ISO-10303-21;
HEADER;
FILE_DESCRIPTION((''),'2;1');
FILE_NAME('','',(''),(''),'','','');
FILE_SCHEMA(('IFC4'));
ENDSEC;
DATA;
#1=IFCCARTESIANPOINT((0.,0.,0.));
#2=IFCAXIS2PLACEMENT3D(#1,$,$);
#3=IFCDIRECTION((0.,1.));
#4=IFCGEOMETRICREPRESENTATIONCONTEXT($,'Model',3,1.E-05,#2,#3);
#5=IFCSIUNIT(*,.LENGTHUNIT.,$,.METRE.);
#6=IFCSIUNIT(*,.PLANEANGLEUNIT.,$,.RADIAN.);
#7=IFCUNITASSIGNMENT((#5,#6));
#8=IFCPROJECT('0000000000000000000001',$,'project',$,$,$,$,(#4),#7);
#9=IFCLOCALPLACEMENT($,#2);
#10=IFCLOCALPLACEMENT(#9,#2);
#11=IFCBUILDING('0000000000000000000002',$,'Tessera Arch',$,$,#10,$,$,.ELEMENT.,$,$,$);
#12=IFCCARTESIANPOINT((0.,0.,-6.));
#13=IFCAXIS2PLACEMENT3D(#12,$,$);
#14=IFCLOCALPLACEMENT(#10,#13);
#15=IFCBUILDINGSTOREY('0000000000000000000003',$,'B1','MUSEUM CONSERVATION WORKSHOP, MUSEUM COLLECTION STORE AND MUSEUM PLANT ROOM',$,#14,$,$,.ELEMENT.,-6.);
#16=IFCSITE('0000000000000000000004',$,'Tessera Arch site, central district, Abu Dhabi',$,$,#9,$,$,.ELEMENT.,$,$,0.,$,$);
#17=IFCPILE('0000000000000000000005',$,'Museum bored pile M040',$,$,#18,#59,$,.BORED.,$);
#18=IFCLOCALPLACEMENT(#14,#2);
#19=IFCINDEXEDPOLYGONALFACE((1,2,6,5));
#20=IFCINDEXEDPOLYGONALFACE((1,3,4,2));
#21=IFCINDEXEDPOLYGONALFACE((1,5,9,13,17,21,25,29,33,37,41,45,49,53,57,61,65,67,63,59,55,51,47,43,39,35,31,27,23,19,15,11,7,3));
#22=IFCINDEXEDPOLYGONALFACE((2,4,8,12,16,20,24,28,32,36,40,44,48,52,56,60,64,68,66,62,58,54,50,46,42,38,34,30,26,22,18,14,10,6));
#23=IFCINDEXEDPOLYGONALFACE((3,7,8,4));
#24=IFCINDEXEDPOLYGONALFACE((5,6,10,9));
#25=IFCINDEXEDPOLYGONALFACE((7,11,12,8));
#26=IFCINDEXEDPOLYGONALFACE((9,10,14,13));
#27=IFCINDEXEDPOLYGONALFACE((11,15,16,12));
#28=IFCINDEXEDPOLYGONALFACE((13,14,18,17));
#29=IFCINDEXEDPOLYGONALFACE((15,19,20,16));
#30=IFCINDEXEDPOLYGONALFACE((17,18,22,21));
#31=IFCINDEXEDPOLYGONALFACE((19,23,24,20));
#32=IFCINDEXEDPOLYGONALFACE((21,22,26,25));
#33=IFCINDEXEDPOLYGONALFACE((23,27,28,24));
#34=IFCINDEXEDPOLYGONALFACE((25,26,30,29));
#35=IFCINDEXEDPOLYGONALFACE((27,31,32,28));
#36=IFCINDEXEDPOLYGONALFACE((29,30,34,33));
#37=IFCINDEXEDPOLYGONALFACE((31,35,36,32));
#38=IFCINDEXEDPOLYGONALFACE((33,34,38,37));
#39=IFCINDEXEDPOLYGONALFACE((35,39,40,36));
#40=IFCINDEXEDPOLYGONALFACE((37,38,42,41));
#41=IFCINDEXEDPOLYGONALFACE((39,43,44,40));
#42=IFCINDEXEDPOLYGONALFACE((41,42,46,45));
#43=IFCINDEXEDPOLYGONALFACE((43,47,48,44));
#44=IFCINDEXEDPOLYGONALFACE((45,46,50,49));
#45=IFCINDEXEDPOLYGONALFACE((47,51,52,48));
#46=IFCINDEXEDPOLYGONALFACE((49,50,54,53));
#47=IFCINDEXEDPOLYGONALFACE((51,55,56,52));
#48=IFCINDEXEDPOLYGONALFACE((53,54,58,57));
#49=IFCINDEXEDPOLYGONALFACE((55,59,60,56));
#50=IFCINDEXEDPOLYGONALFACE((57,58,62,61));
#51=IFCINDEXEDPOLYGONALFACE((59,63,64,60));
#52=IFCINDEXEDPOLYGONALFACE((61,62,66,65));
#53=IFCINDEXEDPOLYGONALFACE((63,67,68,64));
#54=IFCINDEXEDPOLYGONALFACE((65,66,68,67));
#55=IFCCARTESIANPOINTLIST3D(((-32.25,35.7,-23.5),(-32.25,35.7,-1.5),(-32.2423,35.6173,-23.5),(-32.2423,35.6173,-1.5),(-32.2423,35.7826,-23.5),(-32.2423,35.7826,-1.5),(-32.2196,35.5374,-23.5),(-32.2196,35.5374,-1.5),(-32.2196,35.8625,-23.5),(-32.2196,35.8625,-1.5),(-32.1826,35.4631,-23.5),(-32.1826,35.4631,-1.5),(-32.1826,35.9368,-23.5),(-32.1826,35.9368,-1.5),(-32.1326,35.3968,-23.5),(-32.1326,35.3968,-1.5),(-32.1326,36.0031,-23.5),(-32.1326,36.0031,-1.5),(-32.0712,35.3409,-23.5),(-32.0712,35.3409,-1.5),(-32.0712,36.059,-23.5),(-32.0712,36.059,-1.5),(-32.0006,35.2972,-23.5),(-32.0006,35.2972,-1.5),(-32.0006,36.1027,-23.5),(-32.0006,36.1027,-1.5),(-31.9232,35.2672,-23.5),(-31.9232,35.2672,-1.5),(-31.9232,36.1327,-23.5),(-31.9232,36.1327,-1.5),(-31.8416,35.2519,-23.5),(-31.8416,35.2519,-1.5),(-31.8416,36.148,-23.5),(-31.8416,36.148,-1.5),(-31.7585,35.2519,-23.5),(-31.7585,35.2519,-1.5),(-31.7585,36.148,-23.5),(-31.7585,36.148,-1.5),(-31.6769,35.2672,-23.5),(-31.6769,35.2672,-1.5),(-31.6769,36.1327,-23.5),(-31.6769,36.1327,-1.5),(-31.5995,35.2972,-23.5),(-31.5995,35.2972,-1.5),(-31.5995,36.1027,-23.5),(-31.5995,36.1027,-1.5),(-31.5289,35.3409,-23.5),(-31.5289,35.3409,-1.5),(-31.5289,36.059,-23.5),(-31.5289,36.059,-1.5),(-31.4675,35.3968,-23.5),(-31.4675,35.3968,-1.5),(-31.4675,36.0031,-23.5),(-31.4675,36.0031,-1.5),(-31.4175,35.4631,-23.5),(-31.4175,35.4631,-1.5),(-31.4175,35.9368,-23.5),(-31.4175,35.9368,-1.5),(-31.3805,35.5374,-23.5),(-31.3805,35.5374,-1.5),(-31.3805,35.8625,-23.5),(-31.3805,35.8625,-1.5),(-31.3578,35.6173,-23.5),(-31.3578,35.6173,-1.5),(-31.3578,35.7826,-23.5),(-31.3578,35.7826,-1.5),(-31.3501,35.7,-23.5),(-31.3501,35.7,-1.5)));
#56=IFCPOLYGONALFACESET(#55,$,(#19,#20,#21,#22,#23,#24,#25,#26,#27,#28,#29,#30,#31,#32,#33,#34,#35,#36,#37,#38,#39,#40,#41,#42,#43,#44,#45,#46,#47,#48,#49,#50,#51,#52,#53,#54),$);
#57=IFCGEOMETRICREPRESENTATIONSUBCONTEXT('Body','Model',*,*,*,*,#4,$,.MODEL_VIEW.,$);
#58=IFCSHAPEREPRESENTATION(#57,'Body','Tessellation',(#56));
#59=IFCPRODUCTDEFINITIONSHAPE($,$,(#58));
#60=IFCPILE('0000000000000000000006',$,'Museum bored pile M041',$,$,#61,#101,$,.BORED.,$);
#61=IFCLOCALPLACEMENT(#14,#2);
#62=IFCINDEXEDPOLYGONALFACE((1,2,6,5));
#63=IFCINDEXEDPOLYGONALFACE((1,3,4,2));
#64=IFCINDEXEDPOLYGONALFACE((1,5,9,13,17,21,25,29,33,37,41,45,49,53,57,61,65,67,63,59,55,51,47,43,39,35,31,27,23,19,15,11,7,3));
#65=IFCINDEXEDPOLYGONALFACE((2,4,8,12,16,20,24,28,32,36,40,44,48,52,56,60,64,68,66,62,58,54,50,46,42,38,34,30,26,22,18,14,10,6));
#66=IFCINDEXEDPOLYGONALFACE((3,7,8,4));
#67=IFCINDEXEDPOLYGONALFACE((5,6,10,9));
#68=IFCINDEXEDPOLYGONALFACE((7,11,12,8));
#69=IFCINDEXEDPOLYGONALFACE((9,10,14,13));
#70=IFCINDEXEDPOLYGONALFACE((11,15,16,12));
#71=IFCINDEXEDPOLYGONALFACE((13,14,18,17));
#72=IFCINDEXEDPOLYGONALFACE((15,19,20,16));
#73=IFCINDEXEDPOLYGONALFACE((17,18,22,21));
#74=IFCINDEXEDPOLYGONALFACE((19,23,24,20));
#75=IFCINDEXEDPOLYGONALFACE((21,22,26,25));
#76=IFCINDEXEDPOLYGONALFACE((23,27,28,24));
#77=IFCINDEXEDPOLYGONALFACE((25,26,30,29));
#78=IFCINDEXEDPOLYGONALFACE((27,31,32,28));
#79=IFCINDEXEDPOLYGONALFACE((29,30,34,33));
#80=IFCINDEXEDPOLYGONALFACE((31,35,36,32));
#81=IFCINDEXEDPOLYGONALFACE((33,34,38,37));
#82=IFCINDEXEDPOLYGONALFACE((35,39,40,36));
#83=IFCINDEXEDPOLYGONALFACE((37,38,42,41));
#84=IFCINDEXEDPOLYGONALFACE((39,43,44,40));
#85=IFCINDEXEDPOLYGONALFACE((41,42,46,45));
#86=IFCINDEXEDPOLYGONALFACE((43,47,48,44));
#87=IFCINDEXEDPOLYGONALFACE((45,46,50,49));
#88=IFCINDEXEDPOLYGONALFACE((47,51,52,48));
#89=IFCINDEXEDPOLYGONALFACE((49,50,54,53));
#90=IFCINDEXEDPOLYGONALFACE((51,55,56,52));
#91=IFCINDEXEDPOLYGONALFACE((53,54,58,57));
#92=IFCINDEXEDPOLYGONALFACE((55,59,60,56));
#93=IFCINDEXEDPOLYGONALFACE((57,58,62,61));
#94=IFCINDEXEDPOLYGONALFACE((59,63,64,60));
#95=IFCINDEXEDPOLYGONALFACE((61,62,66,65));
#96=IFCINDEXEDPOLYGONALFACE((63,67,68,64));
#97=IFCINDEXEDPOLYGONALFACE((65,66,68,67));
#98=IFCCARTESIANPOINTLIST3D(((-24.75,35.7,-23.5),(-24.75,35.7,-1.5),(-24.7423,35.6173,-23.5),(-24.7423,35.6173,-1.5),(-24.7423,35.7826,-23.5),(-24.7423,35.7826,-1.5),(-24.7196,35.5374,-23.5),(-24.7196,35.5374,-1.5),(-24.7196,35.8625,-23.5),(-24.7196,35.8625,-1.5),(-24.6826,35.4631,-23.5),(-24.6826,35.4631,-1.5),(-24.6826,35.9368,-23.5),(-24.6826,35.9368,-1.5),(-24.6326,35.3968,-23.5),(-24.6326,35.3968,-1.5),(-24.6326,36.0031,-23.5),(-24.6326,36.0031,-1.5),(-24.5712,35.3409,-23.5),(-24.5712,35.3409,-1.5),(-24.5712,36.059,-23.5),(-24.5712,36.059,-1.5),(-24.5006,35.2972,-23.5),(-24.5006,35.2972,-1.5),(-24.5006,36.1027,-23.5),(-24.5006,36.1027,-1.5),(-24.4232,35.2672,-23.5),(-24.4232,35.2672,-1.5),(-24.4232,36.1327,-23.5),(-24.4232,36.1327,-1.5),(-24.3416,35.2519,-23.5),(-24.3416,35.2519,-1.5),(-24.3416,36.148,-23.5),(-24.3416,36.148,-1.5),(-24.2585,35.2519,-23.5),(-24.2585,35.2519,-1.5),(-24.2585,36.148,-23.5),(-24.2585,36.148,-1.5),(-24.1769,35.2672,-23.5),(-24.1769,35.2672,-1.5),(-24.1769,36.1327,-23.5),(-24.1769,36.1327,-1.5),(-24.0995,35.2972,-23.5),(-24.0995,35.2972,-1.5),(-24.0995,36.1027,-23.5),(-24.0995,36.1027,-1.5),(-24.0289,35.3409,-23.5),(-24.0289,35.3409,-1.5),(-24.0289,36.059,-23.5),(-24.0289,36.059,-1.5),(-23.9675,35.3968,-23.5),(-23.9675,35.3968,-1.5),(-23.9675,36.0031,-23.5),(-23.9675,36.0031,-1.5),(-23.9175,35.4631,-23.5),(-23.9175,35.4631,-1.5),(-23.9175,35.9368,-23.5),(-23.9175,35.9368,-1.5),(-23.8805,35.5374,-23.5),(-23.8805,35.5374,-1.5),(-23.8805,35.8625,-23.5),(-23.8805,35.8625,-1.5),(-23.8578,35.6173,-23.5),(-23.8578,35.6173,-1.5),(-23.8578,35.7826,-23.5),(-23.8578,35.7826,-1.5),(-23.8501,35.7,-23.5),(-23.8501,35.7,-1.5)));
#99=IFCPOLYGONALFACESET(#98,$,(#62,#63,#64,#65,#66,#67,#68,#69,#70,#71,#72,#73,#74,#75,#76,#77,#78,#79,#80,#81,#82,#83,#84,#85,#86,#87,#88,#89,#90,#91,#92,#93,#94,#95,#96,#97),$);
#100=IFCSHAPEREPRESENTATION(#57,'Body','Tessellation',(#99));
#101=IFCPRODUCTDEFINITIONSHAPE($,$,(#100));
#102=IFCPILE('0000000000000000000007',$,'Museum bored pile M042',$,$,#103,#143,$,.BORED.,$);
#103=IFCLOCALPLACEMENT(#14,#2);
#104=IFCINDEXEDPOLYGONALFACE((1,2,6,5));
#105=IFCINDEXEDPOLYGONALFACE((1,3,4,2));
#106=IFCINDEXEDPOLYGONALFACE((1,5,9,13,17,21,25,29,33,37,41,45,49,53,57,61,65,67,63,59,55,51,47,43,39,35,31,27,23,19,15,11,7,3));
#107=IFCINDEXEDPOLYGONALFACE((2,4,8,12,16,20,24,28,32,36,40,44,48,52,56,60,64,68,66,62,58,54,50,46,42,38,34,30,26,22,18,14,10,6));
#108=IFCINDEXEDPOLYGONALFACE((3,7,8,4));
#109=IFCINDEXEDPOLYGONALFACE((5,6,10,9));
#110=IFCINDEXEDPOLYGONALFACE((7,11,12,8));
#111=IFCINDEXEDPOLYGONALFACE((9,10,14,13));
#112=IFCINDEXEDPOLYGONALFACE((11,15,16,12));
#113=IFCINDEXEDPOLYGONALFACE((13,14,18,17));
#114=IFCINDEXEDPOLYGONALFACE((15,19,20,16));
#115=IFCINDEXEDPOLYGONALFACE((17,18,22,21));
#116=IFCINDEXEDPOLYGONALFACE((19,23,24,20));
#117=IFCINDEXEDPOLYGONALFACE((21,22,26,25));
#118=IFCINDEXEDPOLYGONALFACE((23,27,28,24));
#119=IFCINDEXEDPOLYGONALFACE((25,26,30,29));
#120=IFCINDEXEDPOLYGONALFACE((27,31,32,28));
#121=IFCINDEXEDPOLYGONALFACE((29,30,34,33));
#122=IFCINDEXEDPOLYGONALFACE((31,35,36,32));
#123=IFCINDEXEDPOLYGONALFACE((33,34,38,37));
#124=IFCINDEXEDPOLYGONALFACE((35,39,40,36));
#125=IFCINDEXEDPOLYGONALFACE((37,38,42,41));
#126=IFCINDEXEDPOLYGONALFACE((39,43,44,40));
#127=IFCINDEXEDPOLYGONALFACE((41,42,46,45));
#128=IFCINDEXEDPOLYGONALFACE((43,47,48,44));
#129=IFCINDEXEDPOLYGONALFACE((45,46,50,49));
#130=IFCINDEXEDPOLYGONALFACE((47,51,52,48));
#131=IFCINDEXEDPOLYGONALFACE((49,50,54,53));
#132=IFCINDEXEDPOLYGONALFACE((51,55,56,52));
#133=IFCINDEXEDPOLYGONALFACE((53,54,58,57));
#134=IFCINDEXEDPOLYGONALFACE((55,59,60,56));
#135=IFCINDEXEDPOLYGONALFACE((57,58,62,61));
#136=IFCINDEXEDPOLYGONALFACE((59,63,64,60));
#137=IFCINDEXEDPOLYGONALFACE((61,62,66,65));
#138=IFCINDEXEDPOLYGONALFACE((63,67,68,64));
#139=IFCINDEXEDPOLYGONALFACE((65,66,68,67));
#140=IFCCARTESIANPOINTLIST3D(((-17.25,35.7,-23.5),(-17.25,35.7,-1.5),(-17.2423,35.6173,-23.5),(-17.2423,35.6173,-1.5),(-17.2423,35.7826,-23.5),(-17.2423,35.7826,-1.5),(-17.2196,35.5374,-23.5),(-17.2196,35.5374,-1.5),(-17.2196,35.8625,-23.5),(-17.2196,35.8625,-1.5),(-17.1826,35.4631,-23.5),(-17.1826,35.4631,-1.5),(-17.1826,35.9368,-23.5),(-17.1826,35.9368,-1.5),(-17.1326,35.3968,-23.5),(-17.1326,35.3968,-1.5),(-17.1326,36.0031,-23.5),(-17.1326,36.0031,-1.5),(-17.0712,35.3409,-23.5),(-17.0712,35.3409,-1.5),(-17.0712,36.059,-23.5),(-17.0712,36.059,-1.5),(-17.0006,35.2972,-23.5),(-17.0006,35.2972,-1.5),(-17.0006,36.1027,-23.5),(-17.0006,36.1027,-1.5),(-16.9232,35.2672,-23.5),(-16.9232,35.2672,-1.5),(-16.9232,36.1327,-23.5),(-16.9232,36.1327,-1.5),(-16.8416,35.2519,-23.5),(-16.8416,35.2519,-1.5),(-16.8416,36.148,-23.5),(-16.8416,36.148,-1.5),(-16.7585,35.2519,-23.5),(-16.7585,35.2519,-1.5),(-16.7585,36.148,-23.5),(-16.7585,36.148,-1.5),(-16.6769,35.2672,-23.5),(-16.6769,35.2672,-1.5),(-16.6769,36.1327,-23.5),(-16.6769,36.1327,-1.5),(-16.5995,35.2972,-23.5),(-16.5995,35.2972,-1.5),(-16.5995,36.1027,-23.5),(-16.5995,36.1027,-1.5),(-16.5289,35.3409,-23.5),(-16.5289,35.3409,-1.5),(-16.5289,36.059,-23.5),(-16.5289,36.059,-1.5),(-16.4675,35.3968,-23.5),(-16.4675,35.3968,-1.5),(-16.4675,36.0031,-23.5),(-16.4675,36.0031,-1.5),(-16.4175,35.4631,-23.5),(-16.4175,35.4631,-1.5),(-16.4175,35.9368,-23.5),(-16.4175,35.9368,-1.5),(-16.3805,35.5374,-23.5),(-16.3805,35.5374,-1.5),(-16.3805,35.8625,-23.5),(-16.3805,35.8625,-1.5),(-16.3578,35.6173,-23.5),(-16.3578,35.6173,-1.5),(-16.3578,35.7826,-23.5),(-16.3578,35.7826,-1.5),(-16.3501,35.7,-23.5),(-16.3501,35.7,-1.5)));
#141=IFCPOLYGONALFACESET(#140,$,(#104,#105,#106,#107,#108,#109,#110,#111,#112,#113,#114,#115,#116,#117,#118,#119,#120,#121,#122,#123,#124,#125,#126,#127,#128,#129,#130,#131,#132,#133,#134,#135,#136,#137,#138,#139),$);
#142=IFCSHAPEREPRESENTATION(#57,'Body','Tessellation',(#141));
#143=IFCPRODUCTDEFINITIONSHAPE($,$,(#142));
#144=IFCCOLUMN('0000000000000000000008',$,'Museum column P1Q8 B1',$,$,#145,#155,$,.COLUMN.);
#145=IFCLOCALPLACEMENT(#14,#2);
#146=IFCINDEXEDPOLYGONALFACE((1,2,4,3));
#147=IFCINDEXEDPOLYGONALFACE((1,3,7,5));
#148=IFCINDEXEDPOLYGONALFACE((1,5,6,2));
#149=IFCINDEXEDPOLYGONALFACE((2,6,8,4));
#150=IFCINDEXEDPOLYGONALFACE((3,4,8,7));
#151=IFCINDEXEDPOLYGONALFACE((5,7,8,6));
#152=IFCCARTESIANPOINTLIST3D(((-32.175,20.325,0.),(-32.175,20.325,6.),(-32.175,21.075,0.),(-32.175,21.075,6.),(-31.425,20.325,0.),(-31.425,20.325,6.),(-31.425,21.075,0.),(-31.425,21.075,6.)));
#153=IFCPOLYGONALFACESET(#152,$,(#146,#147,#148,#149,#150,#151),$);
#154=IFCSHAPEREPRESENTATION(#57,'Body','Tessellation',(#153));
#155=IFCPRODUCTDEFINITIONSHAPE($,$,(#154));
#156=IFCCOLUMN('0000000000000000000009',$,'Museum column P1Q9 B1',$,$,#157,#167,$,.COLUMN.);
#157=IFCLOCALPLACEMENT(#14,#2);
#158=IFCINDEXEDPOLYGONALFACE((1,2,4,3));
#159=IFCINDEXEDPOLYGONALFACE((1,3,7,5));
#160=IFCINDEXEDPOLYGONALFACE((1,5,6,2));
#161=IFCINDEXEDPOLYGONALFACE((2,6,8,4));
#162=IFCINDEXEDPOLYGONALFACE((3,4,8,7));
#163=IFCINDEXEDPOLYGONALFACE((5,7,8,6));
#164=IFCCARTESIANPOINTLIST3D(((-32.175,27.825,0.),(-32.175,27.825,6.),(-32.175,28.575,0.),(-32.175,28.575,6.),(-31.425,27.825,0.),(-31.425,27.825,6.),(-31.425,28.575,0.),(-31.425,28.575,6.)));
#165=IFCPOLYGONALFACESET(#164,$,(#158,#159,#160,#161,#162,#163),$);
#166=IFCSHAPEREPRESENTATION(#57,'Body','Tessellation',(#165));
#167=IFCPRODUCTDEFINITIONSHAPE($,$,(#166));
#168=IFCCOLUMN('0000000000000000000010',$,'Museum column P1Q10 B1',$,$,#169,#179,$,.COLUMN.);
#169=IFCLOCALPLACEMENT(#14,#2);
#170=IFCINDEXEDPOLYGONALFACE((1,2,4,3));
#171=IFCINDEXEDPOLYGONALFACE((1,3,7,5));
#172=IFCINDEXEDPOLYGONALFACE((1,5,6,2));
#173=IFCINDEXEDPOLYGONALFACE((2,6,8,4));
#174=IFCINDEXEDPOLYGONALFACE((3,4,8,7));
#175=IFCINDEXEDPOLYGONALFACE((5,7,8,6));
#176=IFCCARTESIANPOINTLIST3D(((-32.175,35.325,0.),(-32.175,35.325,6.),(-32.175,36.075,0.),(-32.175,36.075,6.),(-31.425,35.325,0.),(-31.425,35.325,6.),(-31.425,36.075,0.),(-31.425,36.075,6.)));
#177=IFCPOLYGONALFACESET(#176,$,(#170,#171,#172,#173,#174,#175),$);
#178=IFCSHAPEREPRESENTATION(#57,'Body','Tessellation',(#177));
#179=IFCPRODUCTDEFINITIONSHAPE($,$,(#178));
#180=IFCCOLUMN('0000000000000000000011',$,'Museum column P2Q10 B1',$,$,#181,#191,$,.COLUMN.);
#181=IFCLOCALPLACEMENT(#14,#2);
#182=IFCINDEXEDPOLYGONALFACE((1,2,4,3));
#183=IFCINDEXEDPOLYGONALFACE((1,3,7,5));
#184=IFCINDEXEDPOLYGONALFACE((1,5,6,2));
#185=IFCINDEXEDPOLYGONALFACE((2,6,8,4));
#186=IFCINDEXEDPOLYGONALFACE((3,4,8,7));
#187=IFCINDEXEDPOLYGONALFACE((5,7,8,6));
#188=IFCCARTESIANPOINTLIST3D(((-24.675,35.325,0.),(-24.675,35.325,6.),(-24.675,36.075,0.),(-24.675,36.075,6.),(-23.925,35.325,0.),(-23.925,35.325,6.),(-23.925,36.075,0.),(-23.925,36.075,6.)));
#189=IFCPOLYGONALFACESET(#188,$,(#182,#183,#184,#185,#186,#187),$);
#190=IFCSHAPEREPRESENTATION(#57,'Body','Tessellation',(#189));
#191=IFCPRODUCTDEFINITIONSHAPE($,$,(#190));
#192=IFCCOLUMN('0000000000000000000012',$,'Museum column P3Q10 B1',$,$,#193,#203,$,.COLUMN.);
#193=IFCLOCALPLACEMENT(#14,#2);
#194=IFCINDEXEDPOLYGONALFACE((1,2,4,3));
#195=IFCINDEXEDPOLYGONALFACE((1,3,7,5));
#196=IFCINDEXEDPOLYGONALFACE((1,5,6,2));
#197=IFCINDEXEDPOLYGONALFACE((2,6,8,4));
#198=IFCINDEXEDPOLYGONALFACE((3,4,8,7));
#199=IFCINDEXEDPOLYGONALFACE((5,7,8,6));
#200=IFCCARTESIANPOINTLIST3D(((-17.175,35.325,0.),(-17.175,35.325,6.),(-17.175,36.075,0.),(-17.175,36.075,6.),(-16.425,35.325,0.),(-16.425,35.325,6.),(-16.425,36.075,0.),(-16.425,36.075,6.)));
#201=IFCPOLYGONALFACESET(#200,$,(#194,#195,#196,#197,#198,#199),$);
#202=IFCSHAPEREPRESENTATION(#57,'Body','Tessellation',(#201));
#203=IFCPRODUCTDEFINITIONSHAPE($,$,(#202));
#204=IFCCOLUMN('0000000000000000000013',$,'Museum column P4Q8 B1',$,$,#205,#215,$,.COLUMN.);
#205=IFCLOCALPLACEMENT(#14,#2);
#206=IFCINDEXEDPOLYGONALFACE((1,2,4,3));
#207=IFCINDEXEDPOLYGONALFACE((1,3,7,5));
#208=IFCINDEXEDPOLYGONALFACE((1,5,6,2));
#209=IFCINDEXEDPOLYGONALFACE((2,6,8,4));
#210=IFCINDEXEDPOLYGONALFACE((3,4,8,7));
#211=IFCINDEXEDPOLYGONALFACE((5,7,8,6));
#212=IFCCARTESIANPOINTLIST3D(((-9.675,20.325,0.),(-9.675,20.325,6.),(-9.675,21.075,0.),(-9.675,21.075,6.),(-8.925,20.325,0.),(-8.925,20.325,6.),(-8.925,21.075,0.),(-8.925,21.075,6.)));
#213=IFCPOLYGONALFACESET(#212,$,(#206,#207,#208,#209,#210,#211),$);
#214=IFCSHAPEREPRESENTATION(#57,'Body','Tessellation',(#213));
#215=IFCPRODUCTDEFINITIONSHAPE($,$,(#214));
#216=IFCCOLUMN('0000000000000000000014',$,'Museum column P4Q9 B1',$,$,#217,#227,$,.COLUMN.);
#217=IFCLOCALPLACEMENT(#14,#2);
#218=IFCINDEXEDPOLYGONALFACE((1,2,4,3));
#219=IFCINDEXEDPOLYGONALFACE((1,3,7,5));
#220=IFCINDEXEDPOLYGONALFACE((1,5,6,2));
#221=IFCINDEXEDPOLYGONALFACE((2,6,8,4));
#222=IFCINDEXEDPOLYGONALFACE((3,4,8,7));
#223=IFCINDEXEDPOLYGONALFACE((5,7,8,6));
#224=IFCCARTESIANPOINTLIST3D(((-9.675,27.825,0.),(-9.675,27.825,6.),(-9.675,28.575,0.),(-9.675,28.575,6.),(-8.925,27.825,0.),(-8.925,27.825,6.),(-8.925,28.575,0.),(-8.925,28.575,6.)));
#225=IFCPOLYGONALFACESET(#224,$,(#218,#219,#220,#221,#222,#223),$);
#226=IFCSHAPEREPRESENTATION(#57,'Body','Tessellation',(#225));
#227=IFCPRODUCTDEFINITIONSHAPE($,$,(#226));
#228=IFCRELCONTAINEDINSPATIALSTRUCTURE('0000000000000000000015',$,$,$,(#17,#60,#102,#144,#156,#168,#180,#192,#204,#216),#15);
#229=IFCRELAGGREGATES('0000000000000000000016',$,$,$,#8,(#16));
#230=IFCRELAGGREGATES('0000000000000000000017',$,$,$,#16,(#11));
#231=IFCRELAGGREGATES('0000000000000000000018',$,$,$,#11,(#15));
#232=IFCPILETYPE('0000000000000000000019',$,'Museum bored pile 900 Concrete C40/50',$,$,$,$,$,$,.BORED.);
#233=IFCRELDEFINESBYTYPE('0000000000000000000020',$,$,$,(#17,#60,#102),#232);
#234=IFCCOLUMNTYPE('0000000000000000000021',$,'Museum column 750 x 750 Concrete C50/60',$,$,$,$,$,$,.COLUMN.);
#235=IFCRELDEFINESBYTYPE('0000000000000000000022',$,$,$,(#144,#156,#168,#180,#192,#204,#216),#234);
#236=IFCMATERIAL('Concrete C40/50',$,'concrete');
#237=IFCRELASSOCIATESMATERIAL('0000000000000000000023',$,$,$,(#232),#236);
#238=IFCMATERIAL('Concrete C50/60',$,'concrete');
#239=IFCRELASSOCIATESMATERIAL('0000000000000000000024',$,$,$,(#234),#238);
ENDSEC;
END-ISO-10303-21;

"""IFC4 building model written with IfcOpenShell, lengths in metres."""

from ifc_helpers import new_model, si_unit, direction, frame, origin, origin_2d, place, context, subcontext, project, spatial, rectangle, circle, extrude, material, material_profile, profile_set, type_object, element, save


model = new_model("IFC4")

# Units and contexts
model_context = context("Model", 3, precision=1e-05, world=origin(), true_north=direction((0.0, 1.0)))
body_context = subcontext(model_context, "Body", "Model", "MODEL_VIEW")
ifc_project = project(units=[si_unit("LENGTHUNIT", "METRE"), si_unit("PLANEANGLEUNIT", "RADIAN")], contexts=[model_context])

# Site, building, storey
site_placement = place(None, origin())
site = spatial("IfcSite", under=ifc_project, at=site_placement, Name="Tessera Arch site, central district, Abu Dhabi", CompositionType="ELEMENT", RefElevation=0.0)
building_placement = place(site_placement, origin())
building = spatial("IfcBuilding", under=site, at=building_placement, Name="Tessera Arch", CompositionType="ELEMENT")
storey_placement = place(building_placement, frame((0.0, 0.0, -6.0)))
storey = spatial("IfcBuildingStorey", under=building, at=storey_placement, Name="B1", Description="MUSEUM CONSERVATION WORKSHOP, MUSEUM COLLECTION STORE AND MUSEUM PLANT ROOM", CompositionType="ELEMENT", Elevation=-6.0)

# Piles
ifc_material_1 = material(Name="Concrete C40/50", Category="concrete")
pile_type = type_object("IfcPileType", Name="Museum bored pile 900 Concrete C40/50", PredefinedType="BORED", material=ifc_material_1)
for number, where, z_axis, x_axis, name in (
    (1, (-31.8, 35.7, -1.5), (0.0, 0.0, -1.0), (1.0, 0.0, 0.0), "Museum bored pile M040"),
    (2, (-24.3, 35.7, -1.5), (0.0, 0.0, -1.0), (1.0, 0.0, 0.0), "Museum bored pile M041"),
    (3, (-16.8, 35.7, -1.5), (0.0, 0.0, -1.0), (1.0, 0.0, 0.0), "Museum bored pile M042"),
):
    element("IfcPile", number, at=place(storey_placement, frame(where, z_axis=z_axis, x_axis=x_axis)), inside=storey, type_object=pile_type, Name=name, PredefinedType="BORED", context=body_context, shape_type="SweptSolid", body=[
        extrude(circle(Radius=0.45, at=origin_2d()), origin(), (0.0, 0.0, 1.0), 22.0),
    ])

# Columns
ifc_material_2 = material(Name="Concrete C50/60", Category="concrete")
ifc_material_profile_1 = material_profile(ifc_material_2, rectangle(XDim=0.75, YDim=0.75, at=origin_2d()), Name="Museum column 750 x 750 Concrete C50/60")
ifc_profile_set_1 = profile_set([ifc_material_profile_1], Name="Concrete C50/60")
column_type = type_object("IfcColumnType", Name="Museum column 750 x 750 Concrete C50/60", PredefinedType="COLUMN", material=ifc_profile_set_1)
for number, where, z_axis, x_axis, name in (
    (4, (-31.8, 20.7, 0.0), (0.0, 0.0, 1.0), (1.0, 0.0, 0.0), "Museum column P1Q8 B1"),
    (5, (-31.8, 28.2, 0.0), (0.0, 0.0, 1.0), (1.0, 0.0, 0.0), "Museum column P1Q9 B1"),
    (6, (-31.8, 35.7, 0.0), (0.0, 0.0, 1.0), (1.0, 0.0, 0.0), "Museum column P1Q10 B1"),
    (7, (-24.3, 35.7, 0.0), (0.0, 0.0, 1.0), (1.0, 0.0, 0.0), "Museum column P2Q10 B1"),
    (8, (-16.8, 35.7, 0.0), (0.0, 0.0, 1.0), (1.0, 0.0, 0.0), "Museum column P3Q10 B1"),
    (9, (-9.3, 20.7, 0.0), (0.0, 0.0, 1.0), (1.0, 0.0, 0.0), "Museum column P4Q8 B1"),
    (10, (-9.3, 28.2, 0.0), (0.0, 0.0, 1.0), (1.0, 0.0, 0.0), "Museum column P4Q9 B1"),
):
    element("IfcColumn", number, at=place(storey_placement, frame(where, z_axis=z_axis, x_axis=x_axis)), inside=storey, type_object=column_type, Name=name, PredefinedType="COLUMN", context=body_context, shape_type="SweptSolid", body=[
        extrude(rectangle(XDim=0.75, YDim=0.75, at=origin_2d()), origin(), (0.0, 0.0, 1.0), 6.0),
    ])

save(model, "model.ifc")
